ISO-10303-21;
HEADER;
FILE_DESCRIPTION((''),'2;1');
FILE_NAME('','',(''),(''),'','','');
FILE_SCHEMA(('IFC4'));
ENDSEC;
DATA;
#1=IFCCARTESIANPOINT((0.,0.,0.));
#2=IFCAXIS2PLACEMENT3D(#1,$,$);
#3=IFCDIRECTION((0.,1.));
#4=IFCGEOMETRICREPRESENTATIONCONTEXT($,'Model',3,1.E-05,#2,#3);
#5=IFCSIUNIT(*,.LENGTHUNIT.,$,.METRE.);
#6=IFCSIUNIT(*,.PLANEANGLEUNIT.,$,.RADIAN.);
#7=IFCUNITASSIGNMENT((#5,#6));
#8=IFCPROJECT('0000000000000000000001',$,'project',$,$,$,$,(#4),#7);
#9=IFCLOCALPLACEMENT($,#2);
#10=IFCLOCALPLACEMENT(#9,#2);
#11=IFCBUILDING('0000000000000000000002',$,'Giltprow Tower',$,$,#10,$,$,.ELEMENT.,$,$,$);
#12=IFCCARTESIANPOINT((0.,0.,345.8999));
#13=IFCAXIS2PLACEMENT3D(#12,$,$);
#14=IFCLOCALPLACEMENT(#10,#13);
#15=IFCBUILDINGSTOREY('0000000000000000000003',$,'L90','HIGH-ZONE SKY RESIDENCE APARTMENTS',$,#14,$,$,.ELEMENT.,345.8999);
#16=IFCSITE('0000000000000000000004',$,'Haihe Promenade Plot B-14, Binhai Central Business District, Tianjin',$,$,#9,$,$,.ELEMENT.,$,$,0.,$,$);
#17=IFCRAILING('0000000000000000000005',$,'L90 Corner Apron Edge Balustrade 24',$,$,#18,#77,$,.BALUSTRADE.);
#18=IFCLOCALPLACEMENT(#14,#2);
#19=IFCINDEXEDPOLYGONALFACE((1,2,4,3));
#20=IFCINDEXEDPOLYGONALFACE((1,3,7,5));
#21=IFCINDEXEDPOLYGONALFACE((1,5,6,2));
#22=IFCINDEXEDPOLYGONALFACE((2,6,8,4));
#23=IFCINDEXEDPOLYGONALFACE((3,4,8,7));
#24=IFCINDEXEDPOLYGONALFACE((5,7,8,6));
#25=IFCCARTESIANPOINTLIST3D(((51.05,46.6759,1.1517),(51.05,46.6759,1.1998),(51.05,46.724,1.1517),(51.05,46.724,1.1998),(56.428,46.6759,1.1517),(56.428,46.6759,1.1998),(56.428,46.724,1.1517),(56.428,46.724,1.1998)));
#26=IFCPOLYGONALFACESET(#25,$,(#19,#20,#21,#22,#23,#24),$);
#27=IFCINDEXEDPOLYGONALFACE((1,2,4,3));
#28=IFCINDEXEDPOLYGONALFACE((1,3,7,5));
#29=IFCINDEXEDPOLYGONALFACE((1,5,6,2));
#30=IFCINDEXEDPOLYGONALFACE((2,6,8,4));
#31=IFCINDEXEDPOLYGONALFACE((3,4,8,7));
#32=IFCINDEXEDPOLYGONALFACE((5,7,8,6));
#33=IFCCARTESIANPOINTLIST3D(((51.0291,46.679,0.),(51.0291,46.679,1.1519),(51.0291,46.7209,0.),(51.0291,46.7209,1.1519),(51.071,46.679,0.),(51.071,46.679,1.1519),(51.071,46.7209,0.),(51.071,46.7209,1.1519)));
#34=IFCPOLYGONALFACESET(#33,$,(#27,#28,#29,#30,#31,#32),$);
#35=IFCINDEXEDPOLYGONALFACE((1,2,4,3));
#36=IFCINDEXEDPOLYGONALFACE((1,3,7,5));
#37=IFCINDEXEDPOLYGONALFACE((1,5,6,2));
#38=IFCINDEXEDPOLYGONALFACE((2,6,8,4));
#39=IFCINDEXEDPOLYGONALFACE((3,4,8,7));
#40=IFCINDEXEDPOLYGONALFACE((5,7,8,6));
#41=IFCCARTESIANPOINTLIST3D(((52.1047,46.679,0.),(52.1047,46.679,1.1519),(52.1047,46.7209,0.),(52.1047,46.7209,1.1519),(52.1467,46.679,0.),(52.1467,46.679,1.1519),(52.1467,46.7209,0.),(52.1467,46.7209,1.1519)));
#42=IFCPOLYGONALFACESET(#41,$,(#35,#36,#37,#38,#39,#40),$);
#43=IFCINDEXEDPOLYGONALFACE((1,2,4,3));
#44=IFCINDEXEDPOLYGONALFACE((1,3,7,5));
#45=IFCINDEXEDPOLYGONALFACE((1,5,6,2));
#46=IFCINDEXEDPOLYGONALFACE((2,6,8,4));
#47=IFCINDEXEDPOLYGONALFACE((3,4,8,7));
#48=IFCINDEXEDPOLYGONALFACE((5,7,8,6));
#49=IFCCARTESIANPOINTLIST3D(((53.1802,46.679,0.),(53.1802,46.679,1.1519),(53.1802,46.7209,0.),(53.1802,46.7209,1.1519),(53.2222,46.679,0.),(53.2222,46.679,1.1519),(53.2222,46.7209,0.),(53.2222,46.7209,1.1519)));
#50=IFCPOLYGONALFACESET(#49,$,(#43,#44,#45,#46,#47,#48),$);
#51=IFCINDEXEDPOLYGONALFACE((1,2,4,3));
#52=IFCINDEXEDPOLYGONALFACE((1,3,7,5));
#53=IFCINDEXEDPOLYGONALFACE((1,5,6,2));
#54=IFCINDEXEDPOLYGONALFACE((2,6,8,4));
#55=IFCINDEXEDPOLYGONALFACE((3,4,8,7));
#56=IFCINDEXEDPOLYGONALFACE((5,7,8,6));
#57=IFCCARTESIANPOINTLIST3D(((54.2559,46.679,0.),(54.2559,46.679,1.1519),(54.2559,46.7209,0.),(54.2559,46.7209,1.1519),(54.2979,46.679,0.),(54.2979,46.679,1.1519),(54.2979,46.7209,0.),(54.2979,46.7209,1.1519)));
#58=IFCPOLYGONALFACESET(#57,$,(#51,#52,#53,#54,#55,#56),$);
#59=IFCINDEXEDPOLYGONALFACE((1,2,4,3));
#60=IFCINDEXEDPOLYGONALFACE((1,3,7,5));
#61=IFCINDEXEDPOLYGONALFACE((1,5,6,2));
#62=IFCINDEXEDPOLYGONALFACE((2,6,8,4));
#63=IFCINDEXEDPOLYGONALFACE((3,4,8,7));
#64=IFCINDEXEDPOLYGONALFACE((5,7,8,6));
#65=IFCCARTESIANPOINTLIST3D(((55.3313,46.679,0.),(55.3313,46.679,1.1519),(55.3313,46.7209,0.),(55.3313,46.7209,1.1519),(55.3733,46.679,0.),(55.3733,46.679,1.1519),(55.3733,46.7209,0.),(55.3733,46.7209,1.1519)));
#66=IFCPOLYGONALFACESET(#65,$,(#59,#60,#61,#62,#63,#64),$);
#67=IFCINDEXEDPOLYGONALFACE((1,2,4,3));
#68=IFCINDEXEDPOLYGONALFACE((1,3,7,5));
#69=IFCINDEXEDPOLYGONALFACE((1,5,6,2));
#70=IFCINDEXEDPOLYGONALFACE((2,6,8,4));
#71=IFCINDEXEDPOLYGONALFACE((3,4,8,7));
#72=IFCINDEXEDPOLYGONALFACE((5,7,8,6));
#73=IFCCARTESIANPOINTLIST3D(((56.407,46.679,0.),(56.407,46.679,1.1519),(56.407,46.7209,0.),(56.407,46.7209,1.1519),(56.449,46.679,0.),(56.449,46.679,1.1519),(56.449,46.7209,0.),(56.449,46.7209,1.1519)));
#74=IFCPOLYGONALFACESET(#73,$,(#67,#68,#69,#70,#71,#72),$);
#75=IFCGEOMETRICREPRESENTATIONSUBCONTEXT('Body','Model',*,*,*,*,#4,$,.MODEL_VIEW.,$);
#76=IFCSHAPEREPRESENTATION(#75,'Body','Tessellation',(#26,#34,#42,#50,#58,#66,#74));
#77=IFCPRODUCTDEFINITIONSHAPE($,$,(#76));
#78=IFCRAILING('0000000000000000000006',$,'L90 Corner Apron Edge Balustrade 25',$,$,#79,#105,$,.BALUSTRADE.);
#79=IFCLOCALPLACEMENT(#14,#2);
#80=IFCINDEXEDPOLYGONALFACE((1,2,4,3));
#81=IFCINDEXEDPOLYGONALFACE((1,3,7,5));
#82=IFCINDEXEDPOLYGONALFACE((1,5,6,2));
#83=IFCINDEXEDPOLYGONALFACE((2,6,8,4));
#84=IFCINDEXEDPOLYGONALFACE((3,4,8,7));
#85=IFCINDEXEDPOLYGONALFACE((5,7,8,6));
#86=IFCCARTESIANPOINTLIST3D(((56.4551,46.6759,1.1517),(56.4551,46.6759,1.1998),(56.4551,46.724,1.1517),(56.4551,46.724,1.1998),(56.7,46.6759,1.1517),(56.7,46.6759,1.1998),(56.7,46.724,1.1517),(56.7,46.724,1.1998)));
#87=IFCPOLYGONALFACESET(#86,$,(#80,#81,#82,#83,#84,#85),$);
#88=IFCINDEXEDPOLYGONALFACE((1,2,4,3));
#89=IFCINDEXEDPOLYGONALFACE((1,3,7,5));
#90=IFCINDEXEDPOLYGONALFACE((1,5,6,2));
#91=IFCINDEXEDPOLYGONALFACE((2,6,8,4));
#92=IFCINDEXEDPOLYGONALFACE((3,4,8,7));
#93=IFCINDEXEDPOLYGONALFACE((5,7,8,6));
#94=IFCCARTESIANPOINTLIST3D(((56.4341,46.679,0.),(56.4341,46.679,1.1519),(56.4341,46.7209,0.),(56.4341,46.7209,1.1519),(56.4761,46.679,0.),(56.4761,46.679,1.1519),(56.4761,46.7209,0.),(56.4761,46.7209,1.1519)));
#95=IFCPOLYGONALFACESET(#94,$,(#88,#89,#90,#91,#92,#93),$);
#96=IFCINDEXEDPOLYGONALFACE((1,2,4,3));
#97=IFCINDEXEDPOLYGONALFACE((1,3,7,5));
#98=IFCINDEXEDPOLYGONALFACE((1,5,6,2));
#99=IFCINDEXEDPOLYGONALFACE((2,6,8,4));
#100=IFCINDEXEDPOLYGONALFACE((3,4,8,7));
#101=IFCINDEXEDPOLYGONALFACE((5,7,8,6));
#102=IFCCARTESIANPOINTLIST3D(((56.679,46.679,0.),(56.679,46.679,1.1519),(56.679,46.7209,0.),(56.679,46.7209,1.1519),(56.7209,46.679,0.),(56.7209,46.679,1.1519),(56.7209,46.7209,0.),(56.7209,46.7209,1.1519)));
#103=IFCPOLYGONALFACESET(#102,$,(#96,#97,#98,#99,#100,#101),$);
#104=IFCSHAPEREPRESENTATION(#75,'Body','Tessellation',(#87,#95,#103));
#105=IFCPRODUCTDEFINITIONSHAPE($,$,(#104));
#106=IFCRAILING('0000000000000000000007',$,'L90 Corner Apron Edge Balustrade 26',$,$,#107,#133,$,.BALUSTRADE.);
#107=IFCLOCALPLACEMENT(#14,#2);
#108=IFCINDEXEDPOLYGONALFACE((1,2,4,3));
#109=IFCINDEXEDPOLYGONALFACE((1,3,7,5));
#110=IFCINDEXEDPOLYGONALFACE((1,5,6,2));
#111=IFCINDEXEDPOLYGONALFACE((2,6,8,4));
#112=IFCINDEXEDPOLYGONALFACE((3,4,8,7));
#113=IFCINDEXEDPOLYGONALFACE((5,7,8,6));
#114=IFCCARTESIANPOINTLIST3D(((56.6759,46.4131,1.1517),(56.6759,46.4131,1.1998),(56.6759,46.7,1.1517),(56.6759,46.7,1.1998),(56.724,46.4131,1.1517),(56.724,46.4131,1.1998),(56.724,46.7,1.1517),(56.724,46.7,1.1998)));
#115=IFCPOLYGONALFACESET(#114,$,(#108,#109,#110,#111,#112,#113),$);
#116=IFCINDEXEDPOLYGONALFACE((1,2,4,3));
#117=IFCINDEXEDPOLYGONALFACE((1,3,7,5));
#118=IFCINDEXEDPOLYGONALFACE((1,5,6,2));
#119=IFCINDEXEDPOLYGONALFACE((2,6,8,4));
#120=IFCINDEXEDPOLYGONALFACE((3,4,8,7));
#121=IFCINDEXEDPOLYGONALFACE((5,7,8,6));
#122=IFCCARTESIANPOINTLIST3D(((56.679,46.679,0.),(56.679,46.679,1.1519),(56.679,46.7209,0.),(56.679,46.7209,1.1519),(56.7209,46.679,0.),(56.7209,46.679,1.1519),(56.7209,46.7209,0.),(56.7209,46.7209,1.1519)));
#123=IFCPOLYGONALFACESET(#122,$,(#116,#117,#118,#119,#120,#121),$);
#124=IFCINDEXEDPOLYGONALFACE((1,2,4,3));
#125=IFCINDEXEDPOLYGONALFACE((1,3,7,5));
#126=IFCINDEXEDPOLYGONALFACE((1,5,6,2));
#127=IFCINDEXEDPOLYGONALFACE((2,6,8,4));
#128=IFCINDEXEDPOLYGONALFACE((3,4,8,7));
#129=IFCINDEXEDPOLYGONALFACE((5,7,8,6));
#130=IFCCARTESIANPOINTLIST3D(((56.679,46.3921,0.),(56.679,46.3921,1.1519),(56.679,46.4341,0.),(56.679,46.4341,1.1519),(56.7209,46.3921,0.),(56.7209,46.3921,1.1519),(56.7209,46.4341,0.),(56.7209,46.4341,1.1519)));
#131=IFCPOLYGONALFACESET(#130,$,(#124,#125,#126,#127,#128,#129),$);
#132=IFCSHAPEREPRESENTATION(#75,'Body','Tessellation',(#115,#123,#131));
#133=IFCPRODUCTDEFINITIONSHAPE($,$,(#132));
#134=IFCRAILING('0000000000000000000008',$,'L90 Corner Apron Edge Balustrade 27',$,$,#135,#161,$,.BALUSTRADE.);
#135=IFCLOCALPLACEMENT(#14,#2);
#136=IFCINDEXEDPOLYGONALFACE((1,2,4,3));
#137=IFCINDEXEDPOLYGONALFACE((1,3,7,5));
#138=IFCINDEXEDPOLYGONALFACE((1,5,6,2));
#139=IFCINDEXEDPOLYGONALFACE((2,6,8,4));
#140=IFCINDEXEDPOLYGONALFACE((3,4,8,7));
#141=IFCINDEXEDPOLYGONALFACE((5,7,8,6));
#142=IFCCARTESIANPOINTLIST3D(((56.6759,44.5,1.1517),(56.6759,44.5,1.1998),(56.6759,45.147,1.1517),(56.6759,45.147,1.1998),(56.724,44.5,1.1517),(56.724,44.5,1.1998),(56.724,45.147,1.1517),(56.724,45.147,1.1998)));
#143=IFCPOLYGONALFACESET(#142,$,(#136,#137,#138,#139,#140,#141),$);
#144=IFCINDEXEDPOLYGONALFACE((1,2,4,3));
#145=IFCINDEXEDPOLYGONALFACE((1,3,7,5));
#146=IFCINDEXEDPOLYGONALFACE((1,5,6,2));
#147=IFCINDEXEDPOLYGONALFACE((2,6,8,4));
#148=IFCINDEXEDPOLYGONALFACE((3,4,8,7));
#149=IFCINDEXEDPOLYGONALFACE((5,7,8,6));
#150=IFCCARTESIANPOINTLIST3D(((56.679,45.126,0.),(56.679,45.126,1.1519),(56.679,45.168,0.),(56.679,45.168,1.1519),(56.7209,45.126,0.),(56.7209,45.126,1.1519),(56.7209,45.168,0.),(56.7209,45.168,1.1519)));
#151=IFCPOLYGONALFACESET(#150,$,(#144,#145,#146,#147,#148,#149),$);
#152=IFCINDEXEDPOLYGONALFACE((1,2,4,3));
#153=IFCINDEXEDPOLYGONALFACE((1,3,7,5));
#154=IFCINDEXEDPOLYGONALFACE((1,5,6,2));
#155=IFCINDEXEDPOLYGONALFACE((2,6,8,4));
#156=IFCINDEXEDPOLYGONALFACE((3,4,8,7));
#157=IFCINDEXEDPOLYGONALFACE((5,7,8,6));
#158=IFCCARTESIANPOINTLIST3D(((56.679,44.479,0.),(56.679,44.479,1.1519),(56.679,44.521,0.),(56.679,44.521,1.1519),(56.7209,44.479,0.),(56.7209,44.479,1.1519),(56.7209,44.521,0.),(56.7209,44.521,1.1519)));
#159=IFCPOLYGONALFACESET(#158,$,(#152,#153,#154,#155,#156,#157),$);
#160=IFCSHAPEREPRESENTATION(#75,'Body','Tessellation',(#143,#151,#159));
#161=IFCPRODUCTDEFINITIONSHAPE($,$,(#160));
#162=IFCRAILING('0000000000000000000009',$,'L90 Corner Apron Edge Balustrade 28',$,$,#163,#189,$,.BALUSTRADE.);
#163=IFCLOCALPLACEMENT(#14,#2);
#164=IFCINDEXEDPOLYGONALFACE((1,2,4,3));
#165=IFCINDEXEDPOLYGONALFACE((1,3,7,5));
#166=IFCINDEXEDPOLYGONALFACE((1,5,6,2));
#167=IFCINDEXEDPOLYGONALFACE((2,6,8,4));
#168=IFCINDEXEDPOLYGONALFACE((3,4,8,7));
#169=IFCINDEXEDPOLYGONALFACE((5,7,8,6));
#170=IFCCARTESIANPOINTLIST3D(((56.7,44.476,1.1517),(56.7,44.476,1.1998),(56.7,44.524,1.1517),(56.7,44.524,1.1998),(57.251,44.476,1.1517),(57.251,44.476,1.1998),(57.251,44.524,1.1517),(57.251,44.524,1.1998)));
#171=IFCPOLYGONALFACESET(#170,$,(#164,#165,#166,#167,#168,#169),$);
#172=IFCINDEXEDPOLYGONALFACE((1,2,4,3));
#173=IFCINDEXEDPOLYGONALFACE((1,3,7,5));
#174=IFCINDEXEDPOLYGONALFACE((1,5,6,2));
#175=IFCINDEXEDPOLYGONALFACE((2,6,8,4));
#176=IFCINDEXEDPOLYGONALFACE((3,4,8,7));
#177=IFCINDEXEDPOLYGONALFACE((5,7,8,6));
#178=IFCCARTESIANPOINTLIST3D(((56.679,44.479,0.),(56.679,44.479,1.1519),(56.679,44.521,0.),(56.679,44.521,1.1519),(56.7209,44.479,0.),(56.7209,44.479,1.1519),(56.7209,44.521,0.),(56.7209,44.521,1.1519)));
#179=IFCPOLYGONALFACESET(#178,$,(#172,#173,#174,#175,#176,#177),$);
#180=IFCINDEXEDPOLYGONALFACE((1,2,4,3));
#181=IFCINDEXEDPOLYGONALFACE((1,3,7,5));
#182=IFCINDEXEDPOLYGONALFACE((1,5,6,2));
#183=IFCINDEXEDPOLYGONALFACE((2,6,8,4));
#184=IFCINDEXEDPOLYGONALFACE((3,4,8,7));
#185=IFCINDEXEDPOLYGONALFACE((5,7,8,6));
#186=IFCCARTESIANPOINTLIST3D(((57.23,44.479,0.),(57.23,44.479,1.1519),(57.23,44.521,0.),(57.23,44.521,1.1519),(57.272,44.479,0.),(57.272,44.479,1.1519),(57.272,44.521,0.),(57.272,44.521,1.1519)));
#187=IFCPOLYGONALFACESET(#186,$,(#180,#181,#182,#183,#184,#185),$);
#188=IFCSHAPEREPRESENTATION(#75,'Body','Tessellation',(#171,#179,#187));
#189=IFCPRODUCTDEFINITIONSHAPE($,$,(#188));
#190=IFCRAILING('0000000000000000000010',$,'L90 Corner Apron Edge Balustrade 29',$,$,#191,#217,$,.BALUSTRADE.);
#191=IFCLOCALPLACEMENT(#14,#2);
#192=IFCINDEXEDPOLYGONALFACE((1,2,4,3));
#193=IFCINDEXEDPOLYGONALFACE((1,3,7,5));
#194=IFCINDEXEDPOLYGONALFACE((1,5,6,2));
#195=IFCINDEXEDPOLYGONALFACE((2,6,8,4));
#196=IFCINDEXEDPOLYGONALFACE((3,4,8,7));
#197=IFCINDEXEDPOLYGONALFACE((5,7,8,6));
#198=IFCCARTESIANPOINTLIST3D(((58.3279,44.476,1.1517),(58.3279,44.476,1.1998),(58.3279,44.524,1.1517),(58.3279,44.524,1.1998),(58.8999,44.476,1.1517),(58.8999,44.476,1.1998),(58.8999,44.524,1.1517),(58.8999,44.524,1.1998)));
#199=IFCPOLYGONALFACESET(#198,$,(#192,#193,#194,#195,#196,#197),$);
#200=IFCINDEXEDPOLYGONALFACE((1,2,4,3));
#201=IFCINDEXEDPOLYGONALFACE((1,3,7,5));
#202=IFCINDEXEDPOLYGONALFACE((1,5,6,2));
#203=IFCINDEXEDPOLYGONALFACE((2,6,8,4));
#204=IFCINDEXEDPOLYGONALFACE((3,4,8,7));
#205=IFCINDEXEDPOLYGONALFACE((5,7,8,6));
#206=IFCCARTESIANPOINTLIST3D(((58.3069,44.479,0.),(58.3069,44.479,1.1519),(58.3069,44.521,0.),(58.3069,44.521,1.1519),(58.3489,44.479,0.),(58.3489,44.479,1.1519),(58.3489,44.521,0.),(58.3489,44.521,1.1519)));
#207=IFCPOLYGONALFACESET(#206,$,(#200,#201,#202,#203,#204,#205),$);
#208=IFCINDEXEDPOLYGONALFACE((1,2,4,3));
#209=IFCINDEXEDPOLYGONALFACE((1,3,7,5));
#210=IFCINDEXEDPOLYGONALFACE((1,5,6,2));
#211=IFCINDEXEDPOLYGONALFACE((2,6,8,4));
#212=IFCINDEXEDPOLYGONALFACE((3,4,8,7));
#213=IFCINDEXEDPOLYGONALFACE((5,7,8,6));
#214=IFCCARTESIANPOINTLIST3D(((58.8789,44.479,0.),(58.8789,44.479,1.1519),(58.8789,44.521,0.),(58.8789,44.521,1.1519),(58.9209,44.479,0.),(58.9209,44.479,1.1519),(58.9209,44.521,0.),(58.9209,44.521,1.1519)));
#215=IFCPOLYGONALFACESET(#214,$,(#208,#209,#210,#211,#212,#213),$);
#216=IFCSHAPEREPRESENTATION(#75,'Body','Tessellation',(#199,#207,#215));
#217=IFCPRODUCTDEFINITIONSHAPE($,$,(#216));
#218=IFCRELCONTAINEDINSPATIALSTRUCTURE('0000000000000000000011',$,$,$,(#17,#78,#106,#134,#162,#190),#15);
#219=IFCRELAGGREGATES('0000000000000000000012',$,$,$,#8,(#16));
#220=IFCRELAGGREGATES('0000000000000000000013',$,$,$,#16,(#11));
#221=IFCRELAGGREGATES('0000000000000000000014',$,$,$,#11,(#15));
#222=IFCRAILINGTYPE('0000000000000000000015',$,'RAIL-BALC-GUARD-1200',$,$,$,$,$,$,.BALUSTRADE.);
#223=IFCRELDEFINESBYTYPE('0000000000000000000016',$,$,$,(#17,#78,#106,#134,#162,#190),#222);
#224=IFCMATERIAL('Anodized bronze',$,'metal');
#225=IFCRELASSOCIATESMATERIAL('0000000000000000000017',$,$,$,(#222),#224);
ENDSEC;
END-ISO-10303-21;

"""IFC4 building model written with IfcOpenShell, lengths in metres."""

from ifc_helpers import new_model, si_unit, direction, frame, origin, origin_2d, place, context, subcontext, project, spatial, rectangle, extrude, material, type_object, element, save


model = new_model("IFC4")

# Units and contexts
model_context = context("Model", 3, precision=1e-05, world=origin(), true_north=direction((0.0, 1.0)))
body_context = subcontext(model_context, "Body", "Model", "MODEL_VIEW")
ifc_project = project(units=[si_unit("LENGTHUNIT", "METRE"), si_unit("PLANEANGLEUNIT", "RADIAN")], contexts=[model_context])

# Site, building, storey
site_placement = place(None, origin())
site = spatial("IfcSite", under=ifc_project, at=site_placement, Name="Haihe Promenade Plot B-14, Binhai Central Business District, Tianjin", CompositionType="ELEMENT", RefElevation=0.0)
building_placement = place(site_placement, origin())
building = spatial("IfcBuilding", under=site, at=building_placement, Name="Giltprow Tower", CompositionType="ELEMENT")
storey_placement = place(building_placement, frame((0.0, 0.0, 345.8999)))
storey = spatial("IfcBuildingStorey", under=building, at=storey_placement, Name="L90", Description="HIGH-ZONE SKY RESIDENCE APARTMENTS", CompositionType="ELEMENT", Elevation=345.8999)

# Railings
ifc_material_1 = material(Name="Anodized bronze", Category="metal")
railing_type = type_object("IfcRailingType", Name="RAIL-BALC-GUARD-1200", PredefinedType="BALUSTRADE", material=ifc_material_1)
railing_1_placement = place(storey_placement, frame((51.05, 46.7, 0.0)))
element("IfcRailing", 1, at=railing_1_placement, inside=storey, type_object=railing_type, Name="L90 Corner Apron Edge Balustrade 24", PredefinedType="BALUSTRADE", context=body_context, shape_type="SweptSolid", body=[
    extrude(rectangle(XDim=0.0481, YDim=0.0481, at=origin_2d()), frame((0.0, 0.0, 1.1758), z_axis=(1.0, 0.0, 0.0), x_axis=(0.0, 1.0, 0.0)), (0.0, 0.0, 1.0), 5.3779),
    extrude(rectangle(XDim=0.042, YDim=0.042, at=origin_2d()), origin(), (0.0, 0.0, 1.0), 1.1519),
    extrude(rectangle(XDim=0.042, YDim=0.042, at=origin_2d()), frame((1.0757, 0.0, 0.0)), (0.0, 0.0, 1.0), 1.1519),
    extrude(rectangle(XDim=0.042, YDim=0.042, at=origin_2d()), frame((2.1511, 0.0, 0.0)), (0.0, 0.0, 1.0), 1.1519),
    extrude(rectangle(XDim=0.042, YDim=0.042, at=origin_2d()), frame((3.2268, 0.0, 0.0)), (0.0, 0.0, 1.0), 1.1519),
    extrude(rectangle(XDim=0.042, YDim=0.042, at=origin_2d()), frame((4.3022, 0.0, 0.0)), (0.0, 0.0, 1.0), 1.1519),
    extrude(rectangle(XDim=0.042, YDim=0.042, at=origin_2d()), frame((5.3779, 0.0, 0.0)), (0.0, 0.0, 1.0), 1.1519),
])
railing_2_placement = place(storey_placement, frame((56.4551, 46.7, 0.0)))
element("IfcRailing", 2, at=railing_2_placement, inside=storey, type_object=railing_type, Name="L90 Corner Apron Edge Balustrade 25", PredefinedType="BALUSTRADE", context=body_context, shape_type="SweptSolid", body=[
    extrude(rectangle(XDim=0.0481, YDim=0.0481, at=origin_2d()), frame((0.0, 0.0, 1.1758), z_axis=(1.0, 0.0, 0.0), x_axis=(0.0, 1.0, 0.0)), (0.0, 0.0, 1.0), 0.2449),
    extrude(rectangle(XDim=0.042, YDim=0.042, at=origin_2d()), origin(), (0.0, 0.0, 1.0), 1.1519),
    extrude(rectangle(XDim=0.042, YDim=0.042, at=origin_2d()), frame((0.2449, 0.0, 0.0)), (0.0, 0.0, 1.0), 1.1519),
])
railing_3_placement = place(storey_placement, frame((56.7, 46.7, 0.0)))
element("IfcRailing", 3, at=railing_3_placement, inside=storey, type_object=railing_type, Name="L90 Corner Apron Edge Balustrade 26", PredefinedType="BALUSTRADE", context=body_context, shape_type="SweptSolid", body=[
    extrude(rectangle(XDim=0.0481, YDim=0.0481, at=origin_2d()), frame((0.0, 0.0, 1.1758), z_axis=(0.0, -1.0, 0.0), x_axis=(1.0, 0.0, 0.0)), (0.0, 0.0, 1.0), 0.2869),
    extrude(rectangle(XDim=0.042, YDim=0.042, at=origin_2d()), origin(), (0.0, 0.0, 1.0), 1.1519),
    extrude(rectangle(XDim=0.042, YDim=0.042, at=origin_2d()), frame((0.0, -0.2869, 0.0)), (0.0, 0.0, 1.0), 1.1519),
])
railing_4_placement = place(storey_placement, frame((56.7, 45.147, 0.0)))
element("IfcRailing", 4, at=railing_4_placement, inside=storey, type_object=railing_type, Name="L90 Corner Apron Edge Balustrade 27", PredefinedType="BALUSTRADE", context=body_context, shape_type="SweptSolid", body=[
    extrude(rectangle(XDim=0.0481, YDim=0.0481, at=origin_2d()), frame((0.0, 0.0, 1.1758), z_axis=(0.0, -1.0, 0.0), x_axis=(1.0, 0.0, 0.0)), (0.0, 0.0, 1.0), 0.647),
    extrude(rectangle(XDim=0.042, YDim=0.042, at=origin_2d()), origin(), (0.0, 0.0, 1.0), 1.1519),
    extrude(rectangle(XDim=0.042, YDim=0.042, at=origin_2d()), frame((0.0, -0.647, 0.0)), (0.0, 0.0, 1.0), 1.1519),
])
railing_5_placement = place(storey_placement, frame((56.7, 44.5, 0.0)))
element("IfcRailing", 5, at=railing_5_placement, inside=storey, type_object=railing_type, Name="L90 Corner Apron Edge Balustrade 28", PredefinedType="BALUSTRADE", context=body_context, shape_type="SweptSolid", body=[
    extrude(rectangle(XDim=0.0481, YDim=0.0481, at=origin_2d()), frame((0.0, 0.0, 1.1758), z_axis=(1.0, 0.0, 0.0), x_axis=(0.0, 1.0, 0.0)), (0.0, 0.0, 1.0), 0.551),
    extrude(rectangle(XDim=0.042, YDim=0.042, at=origin_2d()), origin(), (0.0, 0.0, 1.0), 1.1519),
    extrude(rectangle(XDim=0.042, YDim=0.042, at=origin_2d()), frame((0.551, 0.0, 0.0)), (0.0, 0.0, 1.0), 1.1519),
])
railing_6_placement = place(storey_placement, frame((58.3279, 44.5, 0.0)))
element("IfcRailing", 6, at=railing_6_placement, inside=storey, type_object=railing_type, Name="L90 Corner Apron Edge Balustrade 29", PredefinedType="BALUSTRADE", context=body_context, shape_type="SweptSolid", body=[
    extrude(rectangle(XDim=0.0481, YDim=0.0481, at=origin_2d()), frame((0.0, 0.0, 1.1758), z_axis=(1.0, 0.0, 0.0), x_axis=(0.0, 1.0, 0.0)), (0.0, 0.0, 1.0), 0.572),
    extrude(rectangle(XDim=0.042, YDim=0.042, at=origin_2d()), origin(), (0.0, 0.0, 1.0), 1.1519),
    extrude(rectangle(XDim=0.042, YDim=0.042, at=origin_2d()), frame((0.572, 0.0, 0.0)), (0.0, 0.0, 1.0), 1.1519),
])

save(model, "model.ifc")
